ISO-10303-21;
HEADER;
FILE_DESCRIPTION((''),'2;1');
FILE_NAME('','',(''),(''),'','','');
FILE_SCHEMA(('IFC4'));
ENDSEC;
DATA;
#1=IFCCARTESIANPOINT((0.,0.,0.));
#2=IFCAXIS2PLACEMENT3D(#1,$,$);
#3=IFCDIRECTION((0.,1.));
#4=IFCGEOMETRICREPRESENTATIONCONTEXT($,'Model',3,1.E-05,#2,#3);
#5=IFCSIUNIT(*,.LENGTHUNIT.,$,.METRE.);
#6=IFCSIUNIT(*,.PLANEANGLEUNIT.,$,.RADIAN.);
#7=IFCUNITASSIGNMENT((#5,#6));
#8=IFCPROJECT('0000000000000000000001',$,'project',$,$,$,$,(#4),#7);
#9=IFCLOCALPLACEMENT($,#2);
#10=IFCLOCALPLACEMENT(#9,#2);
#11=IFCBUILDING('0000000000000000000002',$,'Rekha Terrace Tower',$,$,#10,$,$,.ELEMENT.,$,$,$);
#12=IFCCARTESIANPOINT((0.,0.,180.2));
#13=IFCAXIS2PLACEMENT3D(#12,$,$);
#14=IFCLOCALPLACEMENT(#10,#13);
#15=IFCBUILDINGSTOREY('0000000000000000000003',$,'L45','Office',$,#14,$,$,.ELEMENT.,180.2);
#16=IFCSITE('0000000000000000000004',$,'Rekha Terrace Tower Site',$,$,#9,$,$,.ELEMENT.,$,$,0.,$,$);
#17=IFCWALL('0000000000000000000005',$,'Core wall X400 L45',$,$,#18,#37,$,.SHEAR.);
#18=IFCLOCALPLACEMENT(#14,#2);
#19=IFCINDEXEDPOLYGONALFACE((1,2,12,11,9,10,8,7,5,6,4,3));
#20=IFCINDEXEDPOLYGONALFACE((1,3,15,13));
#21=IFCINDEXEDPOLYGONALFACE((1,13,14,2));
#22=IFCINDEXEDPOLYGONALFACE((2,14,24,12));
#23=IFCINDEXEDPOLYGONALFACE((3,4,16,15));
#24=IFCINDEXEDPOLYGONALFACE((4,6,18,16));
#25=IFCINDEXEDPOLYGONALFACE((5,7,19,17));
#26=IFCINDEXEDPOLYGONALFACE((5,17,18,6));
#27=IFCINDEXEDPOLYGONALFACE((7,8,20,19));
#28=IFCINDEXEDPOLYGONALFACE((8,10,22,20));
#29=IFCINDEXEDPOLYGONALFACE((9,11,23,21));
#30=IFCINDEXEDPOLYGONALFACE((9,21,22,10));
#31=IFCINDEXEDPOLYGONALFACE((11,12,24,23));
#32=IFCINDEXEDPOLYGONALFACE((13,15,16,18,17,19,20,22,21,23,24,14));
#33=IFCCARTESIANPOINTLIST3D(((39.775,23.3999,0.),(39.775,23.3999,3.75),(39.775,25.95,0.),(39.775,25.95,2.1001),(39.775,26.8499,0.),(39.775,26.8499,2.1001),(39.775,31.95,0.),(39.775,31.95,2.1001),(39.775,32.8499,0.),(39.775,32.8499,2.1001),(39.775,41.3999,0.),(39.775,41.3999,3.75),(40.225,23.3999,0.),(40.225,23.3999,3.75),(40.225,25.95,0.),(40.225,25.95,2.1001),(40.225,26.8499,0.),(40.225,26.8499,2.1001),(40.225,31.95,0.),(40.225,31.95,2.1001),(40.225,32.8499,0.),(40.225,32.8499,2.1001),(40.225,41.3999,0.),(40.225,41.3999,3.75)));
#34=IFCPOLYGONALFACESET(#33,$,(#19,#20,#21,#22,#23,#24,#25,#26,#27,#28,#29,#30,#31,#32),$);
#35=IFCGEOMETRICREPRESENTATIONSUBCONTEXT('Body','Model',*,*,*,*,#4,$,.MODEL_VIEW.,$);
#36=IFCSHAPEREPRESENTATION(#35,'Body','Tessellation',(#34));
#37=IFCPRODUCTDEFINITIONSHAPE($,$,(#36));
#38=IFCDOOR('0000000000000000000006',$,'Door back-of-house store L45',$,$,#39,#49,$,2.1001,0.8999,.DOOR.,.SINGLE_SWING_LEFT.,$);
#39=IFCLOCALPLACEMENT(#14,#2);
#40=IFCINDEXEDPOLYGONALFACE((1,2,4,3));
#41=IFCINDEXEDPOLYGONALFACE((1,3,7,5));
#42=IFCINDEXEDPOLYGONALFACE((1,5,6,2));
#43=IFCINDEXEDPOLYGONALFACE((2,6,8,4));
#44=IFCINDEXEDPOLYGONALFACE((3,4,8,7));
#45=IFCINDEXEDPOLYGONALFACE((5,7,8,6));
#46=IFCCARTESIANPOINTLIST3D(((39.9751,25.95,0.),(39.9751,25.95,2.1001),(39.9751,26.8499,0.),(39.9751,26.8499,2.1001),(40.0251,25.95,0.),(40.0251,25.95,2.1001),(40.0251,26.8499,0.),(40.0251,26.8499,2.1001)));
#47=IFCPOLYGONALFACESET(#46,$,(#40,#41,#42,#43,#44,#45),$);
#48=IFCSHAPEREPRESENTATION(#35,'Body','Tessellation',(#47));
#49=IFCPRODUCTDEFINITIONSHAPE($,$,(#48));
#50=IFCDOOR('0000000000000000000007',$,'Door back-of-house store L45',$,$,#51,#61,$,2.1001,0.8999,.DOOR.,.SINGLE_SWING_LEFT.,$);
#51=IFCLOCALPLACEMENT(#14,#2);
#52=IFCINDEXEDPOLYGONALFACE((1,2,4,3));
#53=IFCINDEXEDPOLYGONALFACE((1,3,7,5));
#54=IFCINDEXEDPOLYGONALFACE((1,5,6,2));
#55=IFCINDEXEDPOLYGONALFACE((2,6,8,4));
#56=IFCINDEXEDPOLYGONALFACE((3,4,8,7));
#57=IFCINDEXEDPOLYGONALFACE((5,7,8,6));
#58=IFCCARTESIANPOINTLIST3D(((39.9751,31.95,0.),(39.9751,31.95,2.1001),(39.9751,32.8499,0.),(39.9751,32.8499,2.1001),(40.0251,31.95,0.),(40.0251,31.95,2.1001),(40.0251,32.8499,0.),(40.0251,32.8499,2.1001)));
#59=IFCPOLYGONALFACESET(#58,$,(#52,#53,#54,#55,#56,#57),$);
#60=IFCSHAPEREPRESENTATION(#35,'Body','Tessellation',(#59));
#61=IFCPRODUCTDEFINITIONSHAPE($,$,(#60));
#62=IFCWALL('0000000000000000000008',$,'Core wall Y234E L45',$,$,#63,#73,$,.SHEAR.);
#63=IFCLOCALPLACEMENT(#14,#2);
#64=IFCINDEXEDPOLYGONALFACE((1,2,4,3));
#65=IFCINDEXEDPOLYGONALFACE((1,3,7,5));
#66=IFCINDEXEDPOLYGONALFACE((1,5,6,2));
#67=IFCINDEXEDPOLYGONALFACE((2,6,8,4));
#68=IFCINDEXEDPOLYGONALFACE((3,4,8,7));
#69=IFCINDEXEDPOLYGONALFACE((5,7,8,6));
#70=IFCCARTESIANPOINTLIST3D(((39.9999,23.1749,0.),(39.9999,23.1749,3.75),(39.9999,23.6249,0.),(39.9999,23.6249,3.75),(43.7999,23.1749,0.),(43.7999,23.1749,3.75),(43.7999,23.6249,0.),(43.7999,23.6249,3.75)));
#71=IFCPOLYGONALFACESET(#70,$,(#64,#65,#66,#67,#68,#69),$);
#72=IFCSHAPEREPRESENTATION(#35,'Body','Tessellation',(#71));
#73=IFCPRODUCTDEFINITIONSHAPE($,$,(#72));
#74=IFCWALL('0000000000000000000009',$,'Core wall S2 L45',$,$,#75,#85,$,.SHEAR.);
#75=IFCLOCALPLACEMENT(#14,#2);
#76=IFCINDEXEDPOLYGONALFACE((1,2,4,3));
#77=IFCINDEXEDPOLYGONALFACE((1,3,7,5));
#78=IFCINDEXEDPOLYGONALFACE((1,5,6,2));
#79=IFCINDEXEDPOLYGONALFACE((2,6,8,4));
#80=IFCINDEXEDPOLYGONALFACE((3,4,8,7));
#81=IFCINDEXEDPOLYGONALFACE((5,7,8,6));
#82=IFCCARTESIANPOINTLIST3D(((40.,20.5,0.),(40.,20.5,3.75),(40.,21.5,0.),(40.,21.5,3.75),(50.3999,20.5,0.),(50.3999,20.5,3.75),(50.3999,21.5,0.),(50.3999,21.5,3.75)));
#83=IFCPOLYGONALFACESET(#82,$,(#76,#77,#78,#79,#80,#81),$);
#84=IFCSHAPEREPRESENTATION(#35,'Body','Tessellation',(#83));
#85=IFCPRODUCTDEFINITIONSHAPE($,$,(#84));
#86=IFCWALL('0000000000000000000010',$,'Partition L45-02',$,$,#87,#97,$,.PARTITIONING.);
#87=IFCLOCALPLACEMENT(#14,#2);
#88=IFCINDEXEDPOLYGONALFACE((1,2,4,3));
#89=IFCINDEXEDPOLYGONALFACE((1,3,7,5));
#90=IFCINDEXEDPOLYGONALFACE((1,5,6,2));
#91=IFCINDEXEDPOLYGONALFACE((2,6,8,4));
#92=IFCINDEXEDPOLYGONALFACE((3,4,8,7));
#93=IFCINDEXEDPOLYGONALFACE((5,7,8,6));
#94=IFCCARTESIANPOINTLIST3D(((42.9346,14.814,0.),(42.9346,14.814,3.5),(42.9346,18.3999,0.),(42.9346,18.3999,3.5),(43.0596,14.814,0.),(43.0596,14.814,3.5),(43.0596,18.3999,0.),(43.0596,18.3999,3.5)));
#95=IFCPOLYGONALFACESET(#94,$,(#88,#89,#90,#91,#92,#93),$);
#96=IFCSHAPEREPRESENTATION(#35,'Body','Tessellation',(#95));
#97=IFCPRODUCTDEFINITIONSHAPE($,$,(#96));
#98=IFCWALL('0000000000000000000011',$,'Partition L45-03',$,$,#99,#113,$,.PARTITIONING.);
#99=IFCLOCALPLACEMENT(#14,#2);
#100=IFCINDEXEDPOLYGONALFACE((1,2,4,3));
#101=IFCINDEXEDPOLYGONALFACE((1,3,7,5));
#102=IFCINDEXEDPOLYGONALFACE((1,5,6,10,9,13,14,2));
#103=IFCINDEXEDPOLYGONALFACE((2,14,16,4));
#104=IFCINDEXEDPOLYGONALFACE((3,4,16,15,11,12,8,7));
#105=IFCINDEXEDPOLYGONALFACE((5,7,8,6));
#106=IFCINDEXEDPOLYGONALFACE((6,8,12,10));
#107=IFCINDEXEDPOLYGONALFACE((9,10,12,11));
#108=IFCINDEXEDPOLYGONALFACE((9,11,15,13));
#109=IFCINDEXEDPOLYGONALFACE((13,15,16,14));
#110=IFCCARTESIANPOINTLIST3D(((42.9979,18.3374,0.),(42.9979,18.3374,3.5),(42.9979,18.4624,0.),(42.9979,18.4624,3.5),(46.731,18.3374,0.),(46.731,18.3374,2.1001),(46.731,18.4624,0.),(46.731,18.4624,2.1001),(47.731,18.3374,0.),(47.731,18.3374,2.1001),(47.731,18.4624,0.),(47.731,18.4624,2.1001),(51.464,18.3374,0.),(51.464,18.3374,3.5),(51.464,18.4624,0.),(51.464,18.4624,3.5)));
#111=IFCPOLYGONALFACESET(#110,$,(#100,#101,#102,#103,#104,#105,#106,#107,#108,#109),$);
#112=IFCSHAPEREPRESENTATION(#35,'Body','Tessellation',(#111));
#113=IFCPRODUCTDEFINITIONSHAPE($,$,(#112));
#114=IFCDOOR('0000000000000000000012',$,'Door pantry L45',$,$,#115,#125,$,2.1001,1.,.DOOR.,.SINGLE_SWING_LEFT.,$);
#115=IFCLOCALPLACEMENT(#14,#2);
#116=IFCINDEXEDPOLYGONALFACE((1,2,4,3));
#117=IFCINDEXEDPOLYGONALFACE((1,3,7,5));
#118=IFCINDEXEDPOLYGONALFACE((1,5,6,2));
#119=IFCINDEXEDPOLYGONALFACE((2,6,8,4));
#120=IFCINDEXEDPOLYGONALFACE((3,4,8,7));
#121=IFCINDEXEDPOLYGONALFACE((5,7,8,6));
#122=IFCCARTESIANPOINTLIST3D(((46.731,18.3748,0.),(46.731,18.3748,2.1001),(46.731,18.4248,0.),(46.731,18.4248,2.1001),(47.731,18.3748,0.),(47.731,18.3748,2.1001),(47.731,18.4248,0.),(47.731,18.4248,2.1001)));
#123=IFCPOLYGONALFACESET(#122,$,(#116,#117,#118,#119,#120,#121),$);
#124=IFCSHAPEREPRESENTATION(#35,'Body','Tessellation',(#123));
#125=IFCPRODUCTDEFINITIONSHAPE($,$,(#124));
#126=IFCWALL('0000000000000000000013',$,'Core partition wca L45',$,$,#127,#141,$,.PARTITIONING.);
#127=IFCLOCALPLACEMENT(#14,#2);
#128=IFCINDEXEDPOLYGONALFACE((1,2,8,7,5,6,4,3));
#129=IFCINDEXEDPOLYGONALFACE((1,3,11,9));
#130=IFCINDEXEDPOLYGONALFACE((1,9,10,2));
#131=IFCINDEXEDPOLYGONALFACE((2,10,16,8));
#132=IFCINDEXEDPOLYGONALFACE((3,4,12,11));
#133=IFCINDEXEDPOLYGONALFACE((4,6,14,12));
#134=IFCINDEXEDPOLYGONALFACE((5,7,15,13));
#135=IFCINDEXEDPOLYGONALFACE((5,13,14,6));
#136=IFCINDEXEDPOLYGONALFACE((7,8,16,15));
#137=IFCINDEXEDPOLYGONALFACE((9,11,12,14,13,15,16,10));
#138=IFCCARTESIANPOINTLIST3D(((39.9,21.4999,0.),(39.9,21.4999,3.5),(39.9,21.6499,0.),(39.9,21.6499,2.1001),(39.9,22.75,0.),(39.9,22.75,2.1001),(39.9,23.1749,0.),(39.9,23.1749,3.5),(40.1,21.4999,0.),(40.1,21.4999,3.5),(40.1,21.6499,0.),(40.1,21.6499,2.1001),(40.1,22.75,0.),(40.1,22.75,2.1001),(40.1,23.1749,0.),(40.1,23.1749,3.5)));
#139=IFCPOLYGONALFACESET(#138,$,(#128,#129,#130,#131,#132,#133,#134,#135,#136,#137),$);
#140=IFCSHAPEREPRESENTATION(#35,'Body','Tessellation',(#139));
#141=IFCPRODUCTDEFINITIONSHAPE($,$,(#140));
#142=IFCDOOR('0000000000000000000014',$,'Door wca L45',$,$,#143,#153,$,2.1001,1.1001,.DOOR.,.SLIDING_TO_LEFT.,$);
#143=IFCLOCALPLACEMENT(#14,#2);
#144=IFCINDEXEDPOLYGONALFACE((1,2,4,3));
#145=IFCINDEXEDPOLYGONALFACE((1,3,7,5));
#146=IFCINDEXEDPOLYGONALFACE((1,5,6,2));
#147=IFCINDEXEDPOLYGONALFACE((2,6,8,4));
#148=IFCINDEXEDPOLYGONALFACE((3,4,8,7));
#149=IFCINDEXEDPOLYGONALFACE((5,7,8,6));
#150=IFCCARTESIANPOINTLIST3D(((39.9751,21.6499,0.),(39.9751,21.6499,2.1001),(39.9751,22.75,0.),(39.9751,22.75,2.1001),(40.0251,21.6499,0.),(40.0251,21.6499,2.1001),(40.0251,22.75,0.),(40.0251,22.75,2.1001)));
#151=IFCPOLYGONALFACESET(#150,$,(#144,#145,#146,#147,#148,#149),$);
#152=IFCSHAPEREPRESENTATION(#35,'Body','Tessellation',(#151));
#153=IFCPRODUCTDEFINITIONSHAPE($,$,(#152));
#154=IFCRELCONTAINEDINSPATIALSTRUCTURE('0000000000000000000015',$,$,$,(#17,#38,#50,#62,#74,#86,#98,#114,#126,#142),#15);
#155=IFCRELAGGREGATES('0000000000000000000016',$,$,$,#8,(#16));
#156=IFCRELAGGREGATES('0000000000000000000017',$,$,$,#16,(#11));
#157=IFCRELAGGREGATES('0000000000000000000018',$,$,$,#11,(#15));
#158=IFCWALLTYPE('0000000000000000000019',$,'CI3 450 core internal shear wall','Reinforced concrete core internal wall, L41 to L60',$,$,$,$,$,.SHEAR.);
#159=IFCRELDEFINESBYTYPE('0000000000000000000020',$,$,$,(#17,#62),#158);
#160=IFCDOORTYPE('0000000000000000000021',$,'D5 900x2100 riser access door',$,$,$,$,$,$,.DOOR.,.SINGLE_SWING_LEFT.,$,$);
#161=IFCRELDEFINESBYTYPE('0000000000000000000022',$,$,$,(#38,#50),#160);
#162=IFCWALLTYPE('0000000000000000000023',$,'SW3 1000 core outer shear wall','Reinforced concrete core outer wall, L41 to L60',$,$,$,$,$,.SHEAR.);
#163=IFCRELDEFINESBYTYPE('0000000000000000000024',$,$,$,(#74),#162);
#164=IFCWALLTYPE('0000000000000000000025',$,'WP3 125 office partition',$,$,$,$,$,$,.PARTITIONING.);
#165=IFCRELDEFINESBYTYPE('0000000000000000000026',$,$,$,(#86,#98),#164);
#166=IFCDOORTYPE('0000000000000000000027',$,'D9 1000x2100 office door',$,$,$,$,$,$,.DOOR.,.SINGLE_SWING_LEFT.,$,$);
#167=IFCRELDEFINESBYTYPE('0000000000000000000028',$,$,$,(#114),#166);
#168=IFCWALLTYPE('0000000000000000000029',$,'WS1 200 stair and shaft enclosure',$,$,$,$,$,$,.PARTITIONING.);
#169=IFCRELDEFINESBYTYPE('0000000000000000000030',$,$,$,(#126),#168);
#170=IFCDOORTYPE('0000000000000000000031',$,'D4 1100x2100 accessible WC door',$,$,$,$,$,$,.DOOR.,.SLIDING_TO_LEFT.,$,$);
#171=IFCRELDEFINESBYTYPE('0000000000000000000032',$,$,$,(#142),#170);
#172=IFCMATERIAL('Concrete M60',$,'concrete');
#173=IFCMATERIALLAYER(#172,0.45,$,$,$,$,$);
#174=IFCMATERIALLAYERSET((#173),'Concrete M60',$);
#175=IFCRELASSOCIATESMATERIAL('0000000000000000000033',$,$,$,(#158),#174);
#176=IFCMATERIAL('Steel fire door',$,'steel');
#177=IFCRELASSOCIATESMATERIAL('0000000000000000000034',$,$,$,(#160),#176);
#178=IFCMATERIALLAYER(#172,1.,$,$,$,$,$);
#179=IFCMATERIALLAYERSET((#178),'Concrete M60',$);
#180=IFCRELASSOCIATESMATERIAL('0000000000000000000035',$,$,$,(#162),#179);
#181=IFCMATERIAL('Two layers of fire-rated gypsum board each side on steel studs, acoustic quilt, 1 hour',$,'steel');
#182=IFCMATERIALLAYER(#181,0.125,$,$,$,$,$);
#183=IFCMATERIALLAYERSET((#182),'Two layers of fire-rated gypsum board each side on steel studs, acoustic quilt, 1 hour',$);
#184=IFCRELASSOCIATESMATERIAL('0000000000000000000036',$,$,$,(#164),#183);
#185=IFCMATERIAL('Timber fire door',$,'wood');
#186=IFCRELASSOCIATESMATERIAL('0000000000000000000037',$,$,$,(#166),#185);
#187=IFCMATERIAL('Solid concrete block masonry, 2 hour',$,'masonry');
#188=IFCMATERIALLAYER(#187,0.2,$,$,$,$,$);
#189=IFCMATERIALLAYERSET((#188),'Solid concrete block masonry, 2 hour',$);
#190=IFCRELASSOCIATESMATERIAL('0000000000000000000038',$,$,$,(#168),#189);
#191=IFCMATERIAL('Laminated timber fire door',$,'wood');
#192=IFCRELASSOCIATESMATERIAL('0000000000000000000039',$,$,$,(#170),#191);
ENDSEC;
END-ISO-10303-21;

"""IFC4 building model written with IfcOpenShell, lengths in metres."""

from ifc_helpers import new_model, si_unit, direction, frame, frame_2d, origin, place, context, subcontext, project, spatial, rectangle, extrude, material, layer, layer_set, type_object, element, fill, save


model = new_model("IFC4")

# Units and contexts
model_context = context("Model", 3, precision=1e-05, world=origin(), true_north=direction((0.0, 1.0)))
body_context = subcontext(model_context, "Body", "Model", "MODEL_VIEW")
ifc_project = project(units=[si_unit("LENGTHUNIT", "METRE"), si_unit("PLANEANGLEUNIT", "RADIAN")], contexts=[model_context])

# Site, building, storey
site_placement = place(None, origin())
site = spatial("IfcSite", under=ifc_project, at=site_placement, Name="Rekha Terrace Tower Site", CompositionType="ELEMENT", RefElevation=0.0)
building_placement = place(site_placement, origin())
building = spatial("IfcBuilding", under=site, at=building_placement, Name="Rekha Terrace Tower", CompositionType="ELEMENT")
storey_placement = place(building_placement, frame((0.0, 0.0, 180.2)))
storey = spatial("IfcBuildingStorey", under=building, at=storey_placement, Name="L45", Description="Office", CompositionType="ELEMENT", Elevation=180.2)

# Shared definitions
ifc_material_1 = material(Name="Concrete M60", Category="concrete")

# Wall, openings, doors
ifc_layer_1 = layer(ifc_material_1, 0.45)
ifc_layer_set_1 = layer_set([ifc_layer_1], Name="Concrete M60")
wall_type_1 = type_object("IfcWallType", Name="CI3 450 core internal shear wall", Description="Reinforced concrete core internal wall, L41 to L60", PredefinedType="SHEAR", material=ifc_layer_set_1)
wall_1_placement = place(storey_placement, frame((40.0, 23.3999, 0.0), z_axis=(0.0, 0.0, 1.0), x_axis=(0.0, 1.0, 0.0)))
wall_1 = element("IfcWall", 1, at=wall_1_placement, inside=storey, type_object=wall_type_1, Name="Core wall X400 L45", PredefinedType="SHEAR", context=body_context, shape_type="SweptSolid", body=[
    extrude(rectangle(XDim=18.0, YDim=0.45, at=frame_2d((9.0, 0.0))), origin(), (0.0, 0.0, 1.0), 3.75),
])
opening_1_placement = place(wall_1_placement, frame((2.55, 0.0, 0.0)))
opening_1 = element("IfcOpeningElement", 2, at=opening_1_placement, cuts=wall_1, PredefinedType="OPENING", context=body_context, shape_type="SweptSolid", body=[
    extrude(rectangle(XDim=0.8999, YDim=2.1001, at=frame_2d((0.45, 1.05))), frame((0.0, 0.2349, 0.0), z_axis=(0.0, -1.0, 0.0), x_axis=(1.0, 0.0, 0.0)), (0.0, 0.0, 1.0), 0.47),
])
opening_2_placement = place(wall_1_placement, frame((8.55, 0.0, 0.0)))
opening_2 = element("IfcOpeningElement", 3, at=opening_2_placement, cuts=wall_1, PredefinedType="OPENING", context=body_context, shape_type="SweptSolid", body=[
    extrude(rectangle(XDim=0.8999, YDim=2.1001, at=frame_2d((0.45, 1.05))), frame((0.0, 0.2349, 0.0), z_axis=(0.0, -1.0, 0.0), x_axis=(1.0, 0.0, 0.0)), (0.0, 0.0, 1.0), 0.47),
])
ifc_material_2 = material(Name="Steel fire door", Category="steel")
door_type_1 = type_object("IfcDoorType", Name="D5 900x2100 riser access door", OperationType="SINGLE_SWING_LEFT", PredefinedType="DOOR", material=ifc_material_2)
door_1_placement = place(opening_1_placement, origin())
door_1 = element("IfcDoor", 4, at=door_1_placement, inside=storey, type_object=door_type_1, Name="Door back-of-house store L45", OperationType="SINGLE_SWING_LEFT", OverallHeight=2.1001, OverallWidth=0.8999, PredefinedType="DOOR", context=body_context, shape_type="SweptSolid", body=[
    extrude(rectangle(XDim=0.8999, YDim=2.1001, at=frame_2d((0.45, 1.05))), frame((0.0, 0.0249, 0.0), z_axis=(0.0, -1.0, 0.0), x_axis=(1.0, 0.0, 0.0)), (0.0, 0.0, 1.0), 0.05),
])
fill(opening_1, door_1)
door_2_placement = place(opening_2_placement, origin())
door_2 = element("IfcDoor", 5, at=door_2_placement, inside=storey, type_object=door_type_1, Name="Door back-of-house store L45", OperationType="SINGLE_SWING_LEFT", OverallHeight=2.1001, OverallWidth=0.8999, PredefinedType="DOOR", context=body_context, shape_type="SweptSolid", body=[
    extrude(rectangle(XDim=0.8999, YDim=2.1001, at=frame_2d((0.45, 1.05))), frame((0.0, 0.0249, 0.0), z_axis=(0.0, -1.0, 0.0), x_axis=(1.0, 0.0, 0.0)), (0.0, 0.0, 1.0), 0.05),
])
fill(opening_2, door_2)

# Walls
wall_2_placement = place(storey_placement, frame((40.0, 23.3999, 0.0), z_axis=(0.0, 0.0, 1.0), x_axis=(1.0, 0.0, 0.0)))
element("IfcWall", 6, at=wall_2_placement, inside=storey, type_object=wall_type_1, Name="Core wall Y234E L45", PredefinedType="SHEAR", context=body_context, shape_type="SweptSolid", body=[
    extrude(rectangle(XDim=3.8, YDim=0.45, at=frame_2d((1.8999, 0.0))), origin(), (0.0, 0.0, 1.0), 3.75),
])
ifc_layer_2 = layer(ifc_material_1, 1.0)
ifc_layer_set_2 = layer_set([ifc_layer_2], Name="Concrete M60")
wall_type_2 = type_object("IfcWallType", Name="SW3 1000 core outer shear wall", Description="Reinforced concrete core outer wall, L41 to L60", PredefinedType="SHEAR", material=ifc_layer_set_2)
wall_3_placement = place(storey_placement, frame((40.0, 21.0, 0.0), z_axis=(0.0, 0.0, 1.0), x_axis=(1.0, 0.0, 0.0)))
element("IfcWall", 7, at=wall_3_placement, inside=storey, type_object=wall_type_2, Name="Core wall S2 L45", PredefinedType="SHEAR", context=body_context, shape_type="SweptSolid", body=[
    extrude(rectangle(XDim=10.3999, YDim=1.0, at=frame_2d((5.2, 0.0))), origin(), (0.0, 0.0, 1.0), 3.75),
])
ifc_material_3 = material(Name="Two layers of fire-rated gypsum board each side on steel studs, acoustic quilt, 1 hour", Category="steel")
ifc_layer_3 = layer(ifc_material_3, 0.125)
ifc_layer_set_3 = layer_set([ifc_layer_3], Name="Two layers of fire-rated gypsum board each side on steel studs, acoustic quilt, 1 hour")
wall_type_3 = type_object("IfcWallType", Name="WP3 125 office partition", PredefinedType="PARTITIONING", material=ifc_layer_set_3)
wall_4_placement = place(storey_placement, frame((42.9971, 18.3999, 0.0), z_axis=(0.0, 0.0, 1.0), x_axis=(0.0, -1.0, 0.0)))
element("IfcWall", 8, at=wall_4_placement, inside=storey, type_object=wall_type_3, Name="Partition L45-02", PredefinedType="PARTITIONING", context=body_context, shape_type="SweptSolid", body=[
    extrude(rectangle(XDim=3.5859, YDim=0.125, at=frame_2d((1.793, 0.0))), origin(), (0.0, 0.0, 1.0), 3.5),
])

# Walls, openings, doors
wall_5_placement = place(storey_placement, frame((42.998, 18.3999, 0.0), z_axis=(0.0, 0.0, 1.0), x_axis=(1.0, 0.0, 0.0)))
wall_5 = element("IfcWall", 9, at=wall_5_placement, inside=storey, type_object=wall_type_3, Name="Partition L45-03", PredefinedType="PARTITIONING", context=body_context, shape_type="SweptSolid", body=[
    extrude(rectangle(XDim=8.4661, YDim=0.125, at=frame_2d((4.2329, 0.0))), origin(), (0.0, 0.0, 1.0), 3.5),
])
opening_3_placement = place(wall_5_placement, frame((3.7329, 0.0, 0.0)))
opening_3 = element("IfcOpeningElement", 10, at=opening_3_placement, cuts=wall_5, PredefinedType="OPENING", context=body_context, shape_type="SweptSolid", body=[
    extrude(rectangle(XDim=1.0, YDim=2.1001, at=frame_2d((0.5, 1.05))), frame((0.0, 0.0725, 0.0), z_axis=(0.0, -1.0, 0.0), x_axis=(1.0, 0.0, 0.0)), (0.0, 0.0, 1.0), 0.145),
])
ifc_material_4 = material(Name="Timber fire door", Category="wood")
door_type_2 = type_object("IfcDoorType", Name="D9 1000x2100 office door", OperationType="SINGLE_SWING_LEFT", PredefinedType="DOOR", material=ifc_material_4)
door_3_placement = place(opening_3_placement, origin())
door_3 = element("IfcDoor", 11, at=door_3_placement, inside=storey, type_object=door_type_2, Name="Door pantry L45", OperationType="SINGLE_SWING_LEFT", OverallHeight=2.1001, OverallWidth=1.0, PredefinedType="DOOR", context=body_context, shape_type="SweptSolid", body=[
    extrude(rectangle(XDim=1.0, YDim=2.1001, at=frame_2d((0.5, 1.05))), frame((0.0, 0.0249, 0.0), z_axis=(0.0, -1.0, 0.0), x_axis=(1.0, 0.0, 0.0)), (0.0, 0.0, 1.0), 0.05),
])
fill(opening_3, door_3)
ifc_material_5 = material(Name="Solid concrete block masonry, 2 hour", Category="masonry")
ifc_layer_4 = layer(ifc_material_5, 0.2)
ifc_layer_set_4 = layer_set([ifc_layer_4], Name="Solid concrete block masonry, 2 hour")
wall_type_4 = type_object("IfcWallType", Name="WS1 200 stair and shaft enclosure", PredefinedType="PARTITIONING", material=ifc_layer_set_4)
wall_6_placement = place(storey_placement, frame((40.0, 21.5, 0.0), z_axis=(0.0, 0.0, 1.0), x_axis=(0.0, 1.0, 0.0)))
wall_6 = element("IfcWall", 12, at=wall_6_placement, inside=storey, type_object=wall_type_4, Name="Core partition wca L45", PredefinedType="PARTITIONING", context=body_context, shape_type="SweptSolid", body=[
    extrude(rectangle(XDim=1.675, YDim=0.2, at=frame_2d((0.8374, 0.0))), origin(), (0.0, 0.0, 1.0), 3.5),
])
opening_4_placement = place(wall_6_placement, frame((0.1499, 0.0, 0.0)))
opening_4 = element("IfcOpeningElement", 13, at=opening_4_placement, cuts=wall_6, PredefinedType="OPENING", context=body_context, shape_type="SweptSolid", body=[
    extrude(rectangle(XDim=1.1001, YDim=2.1001, at=frame_2d((0.55, 1.05))), frame((0.0, 0.1099, 0.0), z_axis=(0.0, -1.0, 0.0), x_axis=(1.0, 0.0, 0.0)), (0.0, 0.0, 1.0), 0.22),
])
ifc_material_6 = material(Name="Laminated timber fire door", Category="wood")
door_type_3 = type_object("IfcDoorType", Name="D4 1100x2100 accessible WC door", OperationType="SLIDING_TO_LEFT", PredefinedType="DOOR", material=ifc_material_6)
door_4_placement = place(opening_4_placement, origin())
door_4 = element("IfcDoor", 14, at=door_4_placement, inside=storey, type_object=door_type_3, Name="Door wca L45", OperationType="SLIDING_TO_LEFT", OverallHeight=2.1001, OverallWidth=1.1001, PredefinedType="DOOR", context=body_context, shape_type="SweptSolid", body=[
    extrude(rectangle(XDim=1.1001, YDim=2.1001, at=frame_2d((0.55, 1.05))), frame((0.0, 0.0249, 0.0), z_axis=(0.0, -1.0, 0.0), x_axis=(1.0, 0.0, 0.0)), (0.0, 0.0, 1.0), 0.05),
])
fill(opening_4, door_4)

save(model, "model.ifc")
